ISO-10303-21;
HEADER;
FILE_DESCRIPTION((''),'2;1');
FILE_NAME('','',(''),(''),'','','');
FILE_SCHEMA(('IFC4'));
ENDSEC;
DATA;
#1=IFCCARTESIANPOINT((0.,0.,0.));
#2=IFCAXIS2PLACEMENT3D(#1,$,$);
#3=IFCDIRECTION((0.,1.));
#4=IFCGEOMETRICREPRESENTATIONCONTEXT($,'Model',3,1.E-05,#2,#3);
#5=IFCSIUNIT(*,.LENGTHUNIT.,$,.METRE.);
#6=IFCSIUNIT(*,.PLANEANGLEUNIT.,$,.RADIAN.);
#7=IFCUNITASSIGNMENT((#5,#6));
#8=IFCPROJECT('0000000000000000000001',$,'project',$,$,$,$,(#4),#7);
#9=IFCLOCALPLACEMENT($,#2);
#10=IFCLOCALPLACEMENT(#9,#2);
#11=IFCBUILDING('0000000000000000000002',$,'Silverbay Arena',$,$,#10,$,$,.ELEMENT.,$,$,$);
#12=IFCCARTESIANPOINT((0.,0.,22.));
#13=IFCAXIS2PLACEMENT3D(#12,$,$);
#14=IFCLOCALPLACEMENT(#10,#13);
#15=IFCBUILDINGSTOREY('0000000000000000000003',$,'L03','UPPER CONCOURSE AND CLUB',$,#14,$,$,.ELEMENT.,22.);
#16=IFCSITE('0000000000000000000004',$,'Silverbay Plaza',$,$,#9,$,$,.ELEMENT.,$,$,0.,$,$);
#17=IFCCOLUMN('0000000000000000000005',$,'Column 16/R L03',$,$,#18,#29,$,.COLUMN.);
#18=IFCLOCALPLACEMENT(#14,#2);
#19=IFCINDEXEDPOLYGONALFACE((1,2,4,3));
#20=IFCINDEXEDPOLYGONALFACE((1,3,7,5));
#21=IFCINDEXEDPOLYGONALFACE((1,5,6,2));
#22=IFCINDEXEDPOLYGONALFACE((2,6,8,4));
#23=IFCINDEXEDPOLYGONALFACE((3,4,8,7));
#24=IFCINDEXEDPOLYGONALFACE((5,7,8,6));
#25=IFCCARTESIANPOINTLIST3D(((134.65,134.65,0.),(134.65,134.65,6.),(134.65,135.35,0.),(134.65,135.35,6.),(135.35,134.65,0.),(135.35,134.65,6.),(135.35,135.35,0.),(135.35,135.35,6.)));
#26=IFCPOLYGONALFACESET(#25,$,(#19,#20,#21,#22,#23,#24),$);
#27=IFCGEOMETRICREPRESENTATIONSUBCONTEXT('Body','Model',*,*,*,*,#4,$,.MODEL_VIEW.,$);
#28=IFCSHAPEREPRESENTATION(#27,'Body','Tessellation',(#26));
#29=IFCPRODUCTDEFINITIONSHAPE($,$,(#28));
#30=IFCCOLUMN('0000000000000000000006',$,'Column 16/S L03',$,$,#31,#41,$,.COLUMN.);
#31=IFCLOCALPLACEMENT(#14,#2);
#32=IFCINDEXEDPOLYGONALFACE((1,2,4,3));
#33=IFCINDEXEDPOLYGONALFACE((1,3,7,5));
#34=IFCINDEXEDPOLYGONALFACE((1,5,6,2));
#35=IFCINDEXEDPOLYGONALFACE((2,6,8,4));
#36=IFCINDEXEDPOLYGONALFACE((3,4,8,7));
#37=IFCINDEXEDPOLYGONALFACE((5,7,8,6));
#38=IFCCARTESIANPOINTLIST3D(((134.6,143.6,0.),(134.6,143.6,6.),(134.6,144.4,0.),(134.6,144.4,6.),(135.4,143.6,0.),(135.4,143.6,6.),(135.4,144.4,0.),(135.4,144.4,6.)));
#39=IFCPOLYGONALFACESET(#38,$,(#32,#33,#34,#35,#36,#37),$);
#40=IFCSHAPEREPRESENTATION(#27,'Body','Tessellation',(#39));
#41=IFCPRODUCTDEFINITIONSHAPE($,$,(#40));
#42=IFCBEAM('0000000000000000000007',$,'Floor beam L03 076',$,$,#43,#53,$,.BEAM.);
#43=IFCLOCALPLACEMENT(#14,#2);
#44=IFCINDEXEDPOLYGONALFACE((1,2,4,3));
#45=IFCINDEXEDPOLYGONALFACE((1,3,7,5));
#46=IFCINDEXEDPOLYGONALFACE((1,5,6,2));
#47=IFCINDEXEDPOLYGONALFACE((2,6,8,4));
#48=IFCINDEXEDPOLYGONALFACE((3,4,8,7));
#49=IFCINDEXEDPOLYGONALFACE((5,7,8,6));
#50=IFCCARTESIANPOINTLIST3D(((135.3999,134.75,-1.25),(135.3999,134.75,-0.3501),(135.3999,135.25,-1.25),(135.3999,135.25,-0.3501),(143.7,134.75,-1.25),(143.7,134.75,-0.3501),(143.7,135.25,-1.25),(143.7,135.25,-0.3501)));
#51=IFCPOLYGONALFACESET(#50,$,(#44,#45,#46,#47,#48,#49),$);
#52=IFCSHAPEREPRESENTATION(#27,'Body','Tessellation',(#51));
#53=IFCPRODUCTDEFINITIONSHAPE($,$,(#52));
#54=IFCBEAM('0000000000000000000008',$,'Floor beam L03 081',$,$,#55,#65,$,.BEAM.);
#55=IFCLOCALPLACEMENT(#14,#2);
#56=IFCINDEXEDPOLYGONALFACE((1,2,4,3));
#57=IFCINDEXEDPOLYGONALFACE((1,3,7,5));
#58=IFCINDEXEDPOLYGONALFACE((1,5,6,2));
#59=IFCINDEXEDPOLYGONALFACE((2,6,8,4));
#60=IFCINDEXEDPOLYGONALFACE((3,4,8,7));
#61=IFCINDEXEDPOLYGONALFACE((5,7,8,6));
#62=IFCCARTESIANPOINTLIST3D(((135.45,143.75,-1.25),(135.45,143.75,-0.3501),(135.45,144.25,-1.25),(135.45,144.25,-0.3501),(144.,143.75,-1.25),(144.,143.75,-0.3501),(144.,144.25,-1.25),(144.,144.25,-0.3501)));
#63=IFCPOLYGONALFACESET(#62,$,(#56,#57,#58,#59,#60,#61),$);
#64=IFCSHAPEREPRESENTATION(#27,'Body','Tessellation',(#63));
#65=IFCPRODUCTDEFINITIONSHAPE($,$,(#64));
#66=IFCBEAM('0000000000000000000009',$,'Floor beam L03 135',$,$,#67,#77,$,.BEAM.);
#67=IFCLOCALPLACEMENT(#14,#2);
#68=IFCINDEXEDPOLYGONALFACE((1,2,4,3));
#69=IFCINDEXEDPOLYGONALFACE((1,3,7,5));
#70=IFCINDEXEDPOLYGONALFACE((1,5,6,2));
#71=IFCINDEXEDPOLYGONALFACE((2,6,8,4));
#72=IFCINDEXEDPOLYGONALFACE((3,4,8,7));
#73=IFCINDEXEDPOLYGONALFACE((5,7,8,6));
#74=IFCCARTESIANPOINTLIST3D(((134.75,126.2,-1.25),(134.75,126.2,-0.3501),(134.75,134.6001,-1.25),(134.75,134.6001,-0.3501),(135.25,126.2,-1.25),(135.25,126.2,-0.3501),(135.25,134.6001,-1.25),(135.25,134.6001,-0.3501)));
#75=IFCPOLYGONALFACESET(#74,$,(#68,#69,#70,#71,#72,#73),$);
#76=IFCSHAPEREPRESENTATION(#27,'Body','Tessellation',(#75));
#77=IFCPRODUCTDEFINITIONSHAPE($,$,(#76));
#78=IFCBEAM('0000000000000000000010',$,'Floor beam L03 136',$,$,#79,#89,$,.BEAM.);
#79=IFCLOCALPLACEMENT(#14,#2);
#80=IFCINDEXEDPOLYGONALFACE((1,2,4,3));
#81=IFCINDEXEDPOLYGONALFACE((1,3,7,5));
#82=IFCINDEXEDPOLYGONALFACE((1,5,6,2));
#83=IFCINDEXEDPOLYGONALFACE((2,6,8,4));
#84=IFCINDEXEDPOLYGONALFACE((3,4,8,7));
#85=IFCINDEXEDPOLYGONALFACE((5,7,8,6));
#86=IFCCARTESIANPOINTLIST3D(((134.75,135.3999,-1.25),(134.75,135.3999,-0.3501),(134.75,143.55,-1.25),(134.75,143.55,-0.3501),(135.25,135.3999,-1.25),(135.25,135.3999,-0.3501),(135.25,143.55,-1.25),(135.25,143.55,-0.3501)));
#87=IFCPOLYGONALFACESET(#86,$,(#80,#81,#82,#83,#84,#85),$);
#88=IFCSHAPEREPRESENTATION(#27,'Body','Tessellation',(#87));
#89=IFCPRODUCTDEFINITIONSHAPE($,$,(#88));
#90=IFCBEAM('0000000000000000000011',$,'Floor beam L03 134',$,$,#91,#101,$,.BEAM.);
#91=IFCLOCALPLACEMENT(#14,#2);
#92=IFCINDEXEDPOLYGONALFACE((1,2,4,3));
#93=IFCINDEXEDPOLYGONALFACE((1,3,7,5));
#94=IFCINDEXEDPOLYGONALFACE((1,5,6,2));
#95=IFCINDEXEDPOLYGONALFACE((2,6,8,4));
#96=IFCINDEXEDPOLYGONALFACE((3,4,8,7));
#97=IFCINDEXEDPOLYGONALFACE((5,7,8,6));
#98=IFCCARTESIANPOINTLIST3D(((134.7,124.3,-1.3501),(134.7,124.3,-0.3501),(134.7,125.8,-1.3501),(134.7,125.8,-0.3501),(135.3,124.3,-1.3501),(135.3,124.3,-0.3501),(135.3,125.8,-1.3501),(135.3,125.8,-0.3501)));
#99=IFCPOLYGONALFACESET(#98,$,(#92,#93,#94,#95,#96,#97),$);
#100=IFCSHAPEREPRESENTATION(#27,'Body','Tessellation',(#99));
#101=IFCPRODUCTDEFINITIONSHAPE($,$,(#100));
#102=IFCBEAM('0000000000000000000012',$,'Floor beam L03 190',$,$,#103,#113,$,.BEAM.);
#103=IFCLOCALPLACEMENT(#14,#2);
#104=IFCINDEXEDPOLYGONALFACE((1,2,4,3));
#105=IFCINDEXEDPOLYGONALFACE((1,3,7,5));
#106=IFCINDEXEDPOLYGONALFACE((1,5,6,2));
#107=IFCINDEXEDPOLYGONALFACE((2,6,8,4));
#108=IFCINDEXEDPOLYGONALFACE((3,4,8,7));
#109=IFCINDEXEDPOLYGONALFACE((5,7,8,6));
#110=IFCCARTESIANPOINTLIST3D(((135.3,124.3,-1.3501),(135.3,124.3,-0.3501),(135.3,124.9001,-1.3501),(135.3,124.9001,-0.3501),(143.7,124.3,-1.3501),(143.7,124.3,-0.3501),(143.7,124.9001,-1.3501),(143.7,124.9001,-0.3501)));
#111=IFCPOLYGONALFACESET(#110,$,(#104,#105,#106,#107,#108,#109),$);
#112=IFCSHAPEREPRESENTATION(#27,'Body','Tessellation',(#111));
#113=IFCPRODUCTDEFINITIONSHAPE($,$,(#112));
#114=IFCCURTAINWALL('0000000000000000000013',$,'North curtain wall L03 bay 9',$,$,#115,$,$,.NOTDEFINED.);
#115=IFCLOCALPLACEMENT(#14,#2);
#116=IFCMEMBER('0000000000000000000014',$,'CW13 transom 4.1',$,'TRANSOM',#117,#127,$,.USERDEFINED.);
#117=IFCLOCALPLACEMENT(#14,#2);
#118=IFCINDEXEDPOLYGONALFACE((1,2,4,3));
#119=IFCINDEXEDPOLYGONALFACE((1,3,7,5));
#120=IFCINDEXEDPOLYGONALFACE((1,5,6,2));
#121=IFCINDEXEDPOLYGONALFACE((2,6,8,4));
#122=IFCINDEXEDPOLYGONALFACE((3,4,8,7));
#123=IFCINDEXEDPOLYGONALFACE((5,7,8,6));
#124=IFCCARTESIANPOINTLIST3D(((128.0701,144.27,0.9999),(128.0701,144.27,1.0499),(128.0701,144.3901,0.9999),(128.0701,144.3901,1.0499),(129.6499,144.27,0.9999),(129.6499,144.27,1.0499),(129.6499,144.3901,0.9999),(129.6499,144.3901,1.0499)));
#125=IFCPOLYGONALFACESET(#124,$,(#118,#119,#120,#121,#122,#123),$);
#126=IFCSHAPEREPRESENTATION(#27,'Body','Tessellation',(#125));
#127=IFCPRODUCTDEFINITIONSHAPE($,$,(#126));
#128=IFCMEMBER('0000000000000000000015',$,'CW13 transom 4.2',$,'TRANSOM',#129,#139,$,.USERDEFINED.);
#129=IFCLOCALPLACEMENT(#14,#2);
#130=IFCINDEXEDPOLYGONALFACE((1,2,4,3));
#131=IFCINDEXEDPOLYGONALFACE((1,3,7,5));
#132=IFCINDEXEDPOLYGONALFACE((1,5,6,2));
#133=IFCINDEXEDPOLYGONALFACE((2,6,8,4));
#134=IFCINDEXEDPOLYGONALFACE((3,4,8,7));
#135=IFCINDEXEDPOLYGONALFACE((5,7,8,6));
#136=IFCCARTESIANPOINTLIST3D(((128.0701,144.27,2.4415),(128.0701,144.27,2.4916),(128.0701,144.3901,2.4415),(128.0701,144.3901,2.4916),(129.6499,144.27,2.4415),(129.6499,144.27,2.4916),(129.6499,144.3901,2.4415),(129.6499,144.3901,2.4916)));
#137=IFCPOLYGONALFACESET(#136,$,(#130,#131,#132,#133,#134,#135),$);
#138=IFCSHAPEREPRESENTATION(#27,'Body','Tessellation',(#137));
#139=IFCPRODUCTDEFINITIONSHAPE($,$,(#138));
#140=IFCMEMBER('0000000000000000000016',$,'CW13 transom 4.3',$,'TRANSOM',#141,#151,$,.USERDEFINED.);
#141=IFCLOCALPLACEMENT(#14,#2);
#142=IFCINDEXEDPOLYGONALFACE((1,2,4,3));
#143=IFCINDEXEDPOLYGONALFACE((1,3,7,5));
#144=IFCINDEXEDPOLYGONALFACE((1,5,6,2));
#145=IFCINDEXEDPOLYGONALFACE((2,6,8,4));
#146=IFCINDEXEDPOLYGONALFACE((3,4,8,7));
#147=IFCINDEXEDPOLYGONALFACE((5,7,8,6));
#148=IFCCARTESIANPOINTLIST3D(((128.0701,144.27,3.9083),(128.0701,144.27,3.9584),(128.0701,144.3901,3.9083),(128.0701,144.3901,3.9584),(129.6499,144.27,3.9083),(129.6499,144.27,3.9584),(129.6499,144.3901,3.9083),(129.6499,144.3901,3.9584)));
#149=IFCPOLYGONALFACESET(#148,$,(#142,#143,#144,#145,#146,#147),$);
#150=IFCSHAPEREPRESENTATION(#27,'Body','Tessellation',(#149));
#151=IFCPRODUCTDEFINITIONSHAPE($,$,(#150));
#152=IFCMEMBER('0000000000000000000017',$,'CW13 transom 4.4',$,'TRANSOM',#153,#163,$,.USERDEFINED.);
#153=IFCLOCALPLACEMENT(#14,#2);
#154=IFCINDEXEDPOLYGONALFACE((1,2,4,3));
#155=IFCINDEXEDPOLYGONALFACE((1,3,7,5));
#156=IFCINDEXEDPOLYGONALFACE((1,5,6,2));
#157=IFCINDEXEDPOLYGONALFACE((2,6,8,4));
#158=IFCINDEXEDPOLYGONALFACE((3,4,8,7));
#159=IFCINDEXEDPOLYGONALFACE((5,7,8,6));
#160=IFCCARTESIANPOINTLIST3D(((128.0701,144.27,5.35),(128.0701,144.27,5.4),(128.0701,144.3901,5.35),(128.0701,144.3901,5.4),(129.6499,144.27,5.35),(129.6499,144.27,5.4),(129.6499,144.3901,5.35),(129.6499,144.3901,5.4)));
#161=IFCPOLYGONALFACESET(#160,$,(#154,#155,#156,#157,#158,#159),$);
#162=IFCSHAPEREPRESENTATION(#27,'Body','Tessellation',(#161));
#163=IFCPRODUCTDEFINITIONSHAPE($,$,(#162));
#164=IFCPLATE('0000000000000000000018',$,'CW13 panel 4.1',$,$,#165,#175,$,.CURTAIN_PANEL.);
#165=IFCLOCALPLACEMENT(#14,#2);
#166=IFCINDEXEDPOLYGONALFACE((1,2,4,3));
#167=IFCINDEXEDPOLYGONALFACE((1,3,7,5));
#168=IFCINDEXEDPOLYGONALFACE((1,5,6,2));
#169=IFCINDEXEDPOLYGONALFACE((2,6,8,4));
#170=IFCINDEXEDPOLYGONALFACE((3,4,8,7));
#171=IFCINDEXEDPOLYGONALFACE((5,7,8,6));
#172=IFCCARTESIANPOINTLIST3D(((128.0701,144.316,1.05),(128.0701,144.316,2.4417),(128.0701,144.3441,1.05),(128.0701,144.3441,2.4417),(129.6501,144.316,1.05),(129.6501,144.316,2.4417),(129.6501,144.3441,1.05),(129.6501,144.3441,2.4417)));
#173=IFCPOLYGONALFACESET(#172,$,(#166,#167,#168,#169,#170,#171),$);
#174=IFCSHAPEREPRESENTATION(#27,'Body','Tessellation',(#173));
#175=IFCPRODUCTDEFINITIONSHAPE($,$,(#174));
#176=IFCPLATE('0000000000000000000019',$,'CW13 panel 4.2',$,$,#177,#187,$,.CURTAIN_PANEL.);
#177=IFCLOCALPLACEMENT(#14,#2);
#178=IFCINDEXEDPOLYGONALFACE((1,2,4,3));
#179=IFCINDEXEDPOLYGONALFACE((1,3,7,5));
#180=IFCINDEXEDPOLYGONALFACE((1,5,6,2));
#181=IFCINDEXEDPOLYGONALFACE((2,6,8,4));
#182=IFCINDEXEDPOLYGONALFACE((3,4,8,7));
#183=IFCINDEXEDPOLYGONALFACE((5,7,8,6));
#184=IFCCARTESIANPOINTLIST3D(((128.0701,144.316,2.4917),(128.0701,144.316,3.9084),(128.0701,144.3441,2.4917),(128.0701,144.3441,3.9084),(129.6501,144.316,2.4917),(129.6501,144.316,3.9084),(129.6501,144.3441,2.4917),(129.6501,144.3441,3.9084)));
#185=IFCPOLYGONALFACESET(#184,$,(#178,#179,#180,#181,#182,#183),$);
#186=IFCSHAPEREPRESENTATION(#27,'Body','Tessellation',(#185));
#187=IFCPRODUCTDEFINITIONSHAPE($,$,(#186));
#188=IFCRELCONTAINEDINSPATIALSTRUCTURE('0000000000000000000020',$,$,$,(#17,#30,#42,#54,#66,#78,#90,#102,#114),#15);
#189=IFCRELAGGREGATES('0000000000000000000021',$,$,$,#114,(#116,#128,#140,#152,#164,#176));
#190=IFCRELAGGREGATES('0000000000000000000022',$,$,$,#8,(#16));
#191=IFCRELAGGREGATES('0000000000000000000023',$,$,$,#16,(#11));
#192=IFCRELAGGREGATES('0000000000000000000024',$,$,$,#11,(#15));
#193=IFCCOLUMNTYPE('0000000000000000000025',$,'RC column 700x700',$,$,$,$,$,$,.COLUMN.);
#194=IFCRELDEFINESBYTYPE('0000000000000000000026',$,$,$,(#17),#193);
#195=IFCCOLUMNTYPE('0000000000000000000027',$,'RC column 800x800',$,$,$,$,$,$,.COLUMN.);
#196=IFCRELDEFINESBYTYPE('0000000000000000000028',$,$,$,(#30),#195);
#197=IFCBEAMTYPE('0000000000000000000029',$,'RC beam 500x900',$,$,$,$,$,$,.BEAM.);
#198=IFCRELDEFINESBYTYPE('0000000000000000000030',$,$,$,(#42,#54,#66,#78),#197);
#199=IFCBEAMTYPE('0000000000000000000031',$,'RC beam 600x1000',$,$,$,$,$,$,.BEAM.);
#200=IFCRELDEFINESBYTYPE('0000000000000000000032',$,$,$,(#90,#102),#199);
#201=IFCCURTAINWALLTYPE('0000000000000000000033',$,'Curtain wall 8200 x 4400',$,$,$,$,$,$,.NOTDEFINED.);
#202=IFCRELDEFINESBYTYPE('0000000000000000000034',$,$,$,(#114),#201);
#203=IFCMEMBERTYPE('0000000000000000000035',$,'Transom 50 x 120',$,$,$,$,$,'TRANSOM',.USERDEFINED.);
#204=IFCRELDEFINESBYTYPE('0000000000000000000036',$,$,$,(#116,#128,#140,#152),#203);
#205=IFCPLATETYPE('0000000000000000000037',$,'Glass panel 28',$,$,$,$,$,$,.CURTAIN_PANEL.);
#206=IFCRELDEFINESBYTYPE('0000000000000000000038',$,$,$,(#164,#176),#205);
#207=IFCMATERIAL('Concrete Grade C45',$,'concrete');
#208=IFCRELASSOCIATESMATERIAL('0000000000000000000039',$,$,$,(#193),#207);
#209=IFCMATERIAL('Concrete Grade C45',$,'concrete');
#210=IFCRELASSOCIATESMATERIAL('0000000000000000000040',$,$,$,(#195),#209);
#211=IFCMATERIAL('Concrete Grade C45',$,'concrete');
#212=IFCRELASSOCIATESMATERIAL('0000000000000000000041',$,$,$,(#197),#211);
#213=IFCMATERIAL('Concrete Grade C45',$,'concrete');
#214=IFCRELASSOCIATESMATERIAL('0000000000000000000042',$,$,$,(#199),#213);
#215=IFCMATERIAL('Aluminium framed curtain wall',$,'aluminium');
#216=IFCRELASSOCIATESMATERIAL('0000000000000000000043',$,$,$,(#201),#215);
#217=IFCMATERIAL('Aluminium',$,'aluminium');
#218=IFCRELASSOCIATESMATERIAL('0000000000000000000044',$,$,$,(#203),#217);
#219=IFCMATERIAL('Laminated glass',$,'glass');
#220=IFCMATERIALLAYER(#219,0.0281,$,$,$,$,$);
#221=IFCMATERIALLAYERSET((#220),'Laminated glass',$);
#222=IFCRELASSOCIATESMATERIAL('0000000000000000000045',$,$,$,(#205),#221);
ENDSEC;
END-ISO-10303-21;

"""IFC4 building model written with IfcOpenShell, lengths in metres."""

from ifc_helpers import new_model, si_unit, direction, frame, origin, origin_2d, place, context, subcontext, project, spatial, rectangle, extrude, material, layer, layer_set, material_profile, profile_set, type_object, element, aggregate, save


model = new_model("IFC4")

# Units and contexts
model_context = context("Model", 3, precision=1e-05, world=origin(), true_north=direction((0.0, 1.0)))
body_context = subcontext(model_context, "Body", "Model", "MODEL_VIEW")
ifc_project = project(units=[si_unit("LENGTHUNIT", "METRE"), si_unit("PLANEANGLEUNIT", "RADIAN")], contexts=[model_context])

# Site, building, storey
site_placement = place(None, origin())
site = spatial("IfcSite", under=ifc_project, at=site_placement, Name="Silverbay Plaza", CompositionType="ELEMENT", RefElevation=0.0)
building_placement = place(site_placement, origin())
building = spatial("IfcBuilding", under=site, at=building_placement, Name="Silverbay Arena", CompositionType="ELEMENT")
storey_placement = place(building_placement, frame((0.0, 0.0, 22.0)))
storey = spatial("IfcBuildingStorey", under=building, at=storey_placement, Name="L03", Description="UPPER CONCOURSE AND CLUB", CompositionType="ELEMENT", Elevation=22.0)

# Columns
ifc_material_1 = material(Name="Concrete Grade C45", Category="concrete")
ifc_material_profile_1 = material_profile(ifc_material_1, rectangle(XDim=0.7, YDim=0.7, at=origin_2d()), Name="RC 700x700")
ifc_profile_set_1 = profile_set([ifc_material_profile_1], Name="Concrete Grade C45")
column_type_1 = type_object("IfcColumnType", Name="RC column 700x700", PredefinedType="COLUMN", material=ifc_profile_set_1)
column_1_placement = place(storey_placement, frame((135.0, 135.0, 0.0), z_axis=(0.0, 0.0, 1.0), x_axis=(1.0, 0.0, 0.0)))
element("IfcColumn", 1, at=column_1_placement, inside=storey, type_object=column_type_1, Name="Column 16/R L03", PredefinedType="COLUMN", context=body_context, shape_type="SweptSolid", body=[
    extrude(rectangle(XDim=0.7, YDim=0.7, at=origin_2d()), origin(), (0.0, 0.0, 1.0), 6.0),
])
ifc_material_2 = material(Name="Concrete Grade C45", Category="concrete")
ifc_material_profile_2 = material_profile(ifc_material_2, rectangle(XDim=0.8, YDim=0.8, at=origin_2d()), Name="RC 800x800")
ifc_profile_set_2 = profile_set([ifc_material_profile_2], Name="Concrete Grade C45")
column_type_2 = type_object("IfcColumnType", Name="RC column 800x800", PredefinedType="COLUMN", material=ifc_profile_set_2)
column_2_placement = place(storey_placement, frame((135.0, 144.0, 0.0), z_axis=(0.0, 0.0, 1.0), x_axis=(1.0, 0.0, 0.0)))
element("IfcColumn", 2, at=column_2_placement, inside=storey, type_object=column_type_2, Name="Column 16/S L03", PredefinedType="COLUMN", context=body_context, shape_type="SweptSolid", body=[
    extrude(rectangle(XDim=0.8, YDim=0.8, at=origin_2d()), origin(), (0.0, 0.0, 1.0), 6.0),
])

# Beams
ifc_material_3 = material(Name="Concrete Grade C45", Category="concrete")
ifc_material_profile_3 = material_profile(ifc_material_3, rectangle(XDim=0.5, YDim=0.8999, at=origin_2d()), Name="RC 500x900")
ifc_profile_set_3 = profile_set([ifc_material_profile_3], Name="Concrete Grade C45")
beam_type_1 = type_object("IfcBeamType", Name="RC beam 500x900", PredefinedType="BEAM", material=ifc_profile_set_3)
beam_1_placement = place(storey_placement, frame((135.3999, 135.0, -0.8), z_axis=(1.0, 0.0, 0.0), x_axis=(0.0, 1.0, 0.0)))
element("IfcBeam", 3, at=beam_1_placement, inside=storey, type_object=beam_type_1, Name="Floor beam L03 076", PredefinedType="BEAM", context=body_context, shape_type="SweptSolid", body=[
    extrude(rectangle(XDim=0.5, YDim=0.8999, at=origin_2d()), origin(), (0.0, 0.0, 1.0), 8.3),
])
beam_2_placement = place(storey_placement, frame((135.45, 144.0, -0.8), z_axis=(1.0, 0.0, 0.0), x_axis=(0.0, 1.0, 0.0)))
element("IfcBeam", 4, at=beam_2_placement, inside=storey, type_object=beam_type_1, Name="Floor beam L03 081", PredefinedType="BEAM", context=body_context, shape_type="SweptSolid", body=[
    extrude(rectangle(XDim=0.5, YDim=0.8999, at=origin_2d()), origin(), (0.0, 0.0, 1.0), 8.55),
])
beam_3_placement = place(storey_placement, frame((135.0, 126.2, -0.8), z_axis=(0.0, 1.0, 0.0), x_axis=(-1.0, 0.0, 0.0)))
element("IfcBeam", 5, at=beam_3_placement, inside=storey, type_object=beam_type_1, Name="Floor beam L03 135", PredefinedType="BEAM", context=body_context, shape_type="SweptSolid", body=[
    extrude(rectangle(XDim=0.5, YDim=0.8999, at=origin_2d()), origin(), (0.0, 0.0, 1.0), 8.4001),
])
beam_4_placement = place(storey_placement, frame((135.0, 135.3999, -0.8), z_axis=(0.0, 1.0, 0.0), x_axis=(-1.0, 0.0, 0.0)))
element("IfcBeam", 6, at=beam_4_placement, inside=storey, type_object=beam_type_1, Name="Floor beam L03 136", PredefinedType="BEAM", context=body_context, shape_type="SweptSolid", body=[
    extrude(rectangle(XDim=0.5, YDim=0.8999, at=origin_2d()), origin(), (0.0, 0.0, 1.0), 8.1501),
])
ifc_material_4 = material(Name="Concrete Grade C45", Category="concrete")
ifc_material_profile_4 = material_profile(ifc_material_4, rectangle(XDim=0.6001, YDim=1.0, at=origin_2d()), Name="RC 600x1000")
ifc_profile_set_4 = profile_set([ifc_material_profile_4], Name="Concrete Grade C45")
beam_type_2 = type_object("IfcBeamType", Name="RC beam 600x1000", PredefinedType="BEAM", material=ifc_profile_set_4)
beam_5_placement = place(storey_placement, frame((135.0, 124.3, -0.8501), z_axis=(0.0, 1.0, 0.0), x_axis=(-1.0, 0.0, 0.0)))
element("IfcBeam", 7, at=beam_5_placement, inside=storey, type_object=beam_type_2, Name="Floor beam L03 134", PredefinedType="BEAM", context=body_context, shape_type="SweptSolid", body=[
    extrude(rectangle(XDim=0.6001, YDim=1.0, at=origin_2d()), origin(), (0.0, 0.0, 1.0), 1.5),
])
beam_6_placement = place(storey_placement, frame((135.3, 124.6001, -0.8501), z_axis=(1.0, 0.0, 0.0), x_axis=(0.0, 1.0, 0.0)))
element("IfcBeam", 8, at=beam_6_placement, inside=storey, type_object=beam_type_2, Name="Floor beam L03 190", PredefinedType="BEAM", context=body_context, shape_type="SweptSolid", body=[
    extrude(rectangle(XDim=0.6001, YDim=1.0, at=origin_2d()), origin(), (0.0, 0.0, 1.0), 8.3999),
])

# Curtain wall, members, plates
ifc_material_5 = material(Name="Aluminium framed curtain wall", Category="aluminium")
curtain_wall_type = type_object("IfcCurtainWallType", Name="Curtain wall 8200 x 4400", PredefinedType="NOTDEFINED", material=ifc_material_5)
curtain_wall_placement = place(storey_placement, origin())
curtain_wall = element("IfcCurtainWall", 9, at=curtain_wall_placement, inside=storey, type_object=curtain_wall_type, Name="North curtain wall L03 bay 9", PredefinedType="NOTDEFINED")
ifc_material_6 = material(Name="Aluminium", Category="aluminium")
ifc_material_profile_5 = material_profile(ifc_material_6, rectangle(XDim=0.1201, YDim=0.05, at=origin_2d()), Name="Transom 50 x 120")
ifc_profile_set_5 = profile_set([ifc_material_profile_5], Name="Aluminium")
member_type = type_object("IfcMemberType", Name="Transom 50 x 120", ElementType="TRANSOM", PredefinedType="USERDEFINED", material=ifc_profile_set_5)
member_1_placement = place(storey_placement, frame((129.6499, 144.3301, 1.0249), z_axis=(-1.0, 0.0, 0.0), x_axis=(0.0, -1.0, 0.0)))
member_1 = element("IfcMember", 10, at=member_1_placement, type_object=member_type, Name="CW13 transom 4.1", ObjectType="TRANSOM", PredefinedType="USERDEFINED", context=body_context, shape_type="SweptSolid", body=[
    extrude(rectangle(XDim=0.1201, YDim=0.05, at=origin_2d()), origin(), (0.0, 0.0, 1.0), 1.5798),
])
member_2_placement = place(storey_placement, frame((129.6499, 144.3301, 2.4666), z_axis=(-1.0, 0.0, 0.0), x_axis=(0.0, -1.0, 0.0)))
member_2 = element("IfcMember", 11, at=member_2_placement, type_object=member_type, Name="CW13 transom 4.2", ObjectType="TRANSOM", PredefinedType="USERDEFINED", context=body_context, shape_type="SweptSolid", body=[
    extrude(rectangle(XDim=0.1201, YDim=0.05, at=origin_2d()), origin(), (0.0, 0.0, 1.0), 1.5798),
])
member_3_placement = place(storey_placement, frame((129.6499, 144.3301, 3.9333), z_axis=(-1.0, 0.0, 0.0), x_axis=(0.0, -1.0, 0.0)))
member_3 = element("IfcMember", 12, at=member_3_placement, type_object=member_type, Name="CW13 transom 4.3", ObjectType="TRANSOM", PredefinedType="USERDEFINED", context=body_context, shape_type="SweptSolid", body=[
    extrude(rectangle(XDim=0.1201, YDim=0.05, at=origin_2d()), origin(), (0.0, 0.0, 1.0), 1.5798),
])
member_4_placement = place(storey_placement, frame((129.6499, 144.3301, 5.375), z_axis=(-1.0, 0.0, 0.0), x_axis=(0.0, -1.0, 0.0)))
member_4 = element("IfcMember", 13, at=member_4_placement, type_object=member_type, Name="CW13 transom 4.4", ObjectType="TRANSOM", PredefinedType="USERDEFINED", context=body_context, shape_type="SweptSolid", body=[
    extrude(rectangle(XDim=0.1201, YDim=0.05, at=origin_2d()), origin(), (0.0, 0.0, 1.0), 1.5798),
])
ifc_material_7 = material(Name="Laminated glass", Category="glass")
ifc_layer_1 = layer(ifc_material_7, 0.0281)
ifc_layer_set_1 = layer_set([ifc_layer_1], Name="Laminated glass")
plate_type = type_object("IfcPlateType", Name="Glass panel 28", PredefinedType="CURTAIN_PANEL", material=ifc_layer_set_1)
plate_1_placement = place(storey_placement, frame((128.8601, 144.3301, 1.05), z_axis=(0.0, 0.0, 1.0), x_axis=(-1.0, 0.0, 0.0)))
plate_1 = element("IfcPlate", 14, at=plate_1_placement, type_object=plate_type, Name="CW13 panel 4.1", PredefinedType="CURTAIN_PANEL", context=body_context, shape_type="SweptSolid", body=[
    extrude(rectangle(XDim=1.5801, YDim=0.0281, at=origin_2d()), origin(), (0.0, 0.0, 1.0), 1.3916),
])
plate_2_placement = place(storey_placement, frame((128.8601, 144.3301, 2.4917), z_axis=(0.0, 0.0, 1.0), x_axis=(-1.0, 0.0, 0.0)))
plate_2 = element("IfcPlate", 15, at=plate_2_placement, type_object=plate_type, Name="CW13 panel 4.2", PredefinedType="CURTAIN_PANEL", context=body_context, shape_type="SweptSolid", body=[
    extrude(rectangle(XDim=1.5801, YDim=0.0281, at=origin_2d()), origin(), (0.0, 0.0, 1.0), 1.4167),
])
aggregate(curtain_wall, [member_1, member_2, member_3, member_4, plate_1, plate_2])

save(model, "model.ifc")
